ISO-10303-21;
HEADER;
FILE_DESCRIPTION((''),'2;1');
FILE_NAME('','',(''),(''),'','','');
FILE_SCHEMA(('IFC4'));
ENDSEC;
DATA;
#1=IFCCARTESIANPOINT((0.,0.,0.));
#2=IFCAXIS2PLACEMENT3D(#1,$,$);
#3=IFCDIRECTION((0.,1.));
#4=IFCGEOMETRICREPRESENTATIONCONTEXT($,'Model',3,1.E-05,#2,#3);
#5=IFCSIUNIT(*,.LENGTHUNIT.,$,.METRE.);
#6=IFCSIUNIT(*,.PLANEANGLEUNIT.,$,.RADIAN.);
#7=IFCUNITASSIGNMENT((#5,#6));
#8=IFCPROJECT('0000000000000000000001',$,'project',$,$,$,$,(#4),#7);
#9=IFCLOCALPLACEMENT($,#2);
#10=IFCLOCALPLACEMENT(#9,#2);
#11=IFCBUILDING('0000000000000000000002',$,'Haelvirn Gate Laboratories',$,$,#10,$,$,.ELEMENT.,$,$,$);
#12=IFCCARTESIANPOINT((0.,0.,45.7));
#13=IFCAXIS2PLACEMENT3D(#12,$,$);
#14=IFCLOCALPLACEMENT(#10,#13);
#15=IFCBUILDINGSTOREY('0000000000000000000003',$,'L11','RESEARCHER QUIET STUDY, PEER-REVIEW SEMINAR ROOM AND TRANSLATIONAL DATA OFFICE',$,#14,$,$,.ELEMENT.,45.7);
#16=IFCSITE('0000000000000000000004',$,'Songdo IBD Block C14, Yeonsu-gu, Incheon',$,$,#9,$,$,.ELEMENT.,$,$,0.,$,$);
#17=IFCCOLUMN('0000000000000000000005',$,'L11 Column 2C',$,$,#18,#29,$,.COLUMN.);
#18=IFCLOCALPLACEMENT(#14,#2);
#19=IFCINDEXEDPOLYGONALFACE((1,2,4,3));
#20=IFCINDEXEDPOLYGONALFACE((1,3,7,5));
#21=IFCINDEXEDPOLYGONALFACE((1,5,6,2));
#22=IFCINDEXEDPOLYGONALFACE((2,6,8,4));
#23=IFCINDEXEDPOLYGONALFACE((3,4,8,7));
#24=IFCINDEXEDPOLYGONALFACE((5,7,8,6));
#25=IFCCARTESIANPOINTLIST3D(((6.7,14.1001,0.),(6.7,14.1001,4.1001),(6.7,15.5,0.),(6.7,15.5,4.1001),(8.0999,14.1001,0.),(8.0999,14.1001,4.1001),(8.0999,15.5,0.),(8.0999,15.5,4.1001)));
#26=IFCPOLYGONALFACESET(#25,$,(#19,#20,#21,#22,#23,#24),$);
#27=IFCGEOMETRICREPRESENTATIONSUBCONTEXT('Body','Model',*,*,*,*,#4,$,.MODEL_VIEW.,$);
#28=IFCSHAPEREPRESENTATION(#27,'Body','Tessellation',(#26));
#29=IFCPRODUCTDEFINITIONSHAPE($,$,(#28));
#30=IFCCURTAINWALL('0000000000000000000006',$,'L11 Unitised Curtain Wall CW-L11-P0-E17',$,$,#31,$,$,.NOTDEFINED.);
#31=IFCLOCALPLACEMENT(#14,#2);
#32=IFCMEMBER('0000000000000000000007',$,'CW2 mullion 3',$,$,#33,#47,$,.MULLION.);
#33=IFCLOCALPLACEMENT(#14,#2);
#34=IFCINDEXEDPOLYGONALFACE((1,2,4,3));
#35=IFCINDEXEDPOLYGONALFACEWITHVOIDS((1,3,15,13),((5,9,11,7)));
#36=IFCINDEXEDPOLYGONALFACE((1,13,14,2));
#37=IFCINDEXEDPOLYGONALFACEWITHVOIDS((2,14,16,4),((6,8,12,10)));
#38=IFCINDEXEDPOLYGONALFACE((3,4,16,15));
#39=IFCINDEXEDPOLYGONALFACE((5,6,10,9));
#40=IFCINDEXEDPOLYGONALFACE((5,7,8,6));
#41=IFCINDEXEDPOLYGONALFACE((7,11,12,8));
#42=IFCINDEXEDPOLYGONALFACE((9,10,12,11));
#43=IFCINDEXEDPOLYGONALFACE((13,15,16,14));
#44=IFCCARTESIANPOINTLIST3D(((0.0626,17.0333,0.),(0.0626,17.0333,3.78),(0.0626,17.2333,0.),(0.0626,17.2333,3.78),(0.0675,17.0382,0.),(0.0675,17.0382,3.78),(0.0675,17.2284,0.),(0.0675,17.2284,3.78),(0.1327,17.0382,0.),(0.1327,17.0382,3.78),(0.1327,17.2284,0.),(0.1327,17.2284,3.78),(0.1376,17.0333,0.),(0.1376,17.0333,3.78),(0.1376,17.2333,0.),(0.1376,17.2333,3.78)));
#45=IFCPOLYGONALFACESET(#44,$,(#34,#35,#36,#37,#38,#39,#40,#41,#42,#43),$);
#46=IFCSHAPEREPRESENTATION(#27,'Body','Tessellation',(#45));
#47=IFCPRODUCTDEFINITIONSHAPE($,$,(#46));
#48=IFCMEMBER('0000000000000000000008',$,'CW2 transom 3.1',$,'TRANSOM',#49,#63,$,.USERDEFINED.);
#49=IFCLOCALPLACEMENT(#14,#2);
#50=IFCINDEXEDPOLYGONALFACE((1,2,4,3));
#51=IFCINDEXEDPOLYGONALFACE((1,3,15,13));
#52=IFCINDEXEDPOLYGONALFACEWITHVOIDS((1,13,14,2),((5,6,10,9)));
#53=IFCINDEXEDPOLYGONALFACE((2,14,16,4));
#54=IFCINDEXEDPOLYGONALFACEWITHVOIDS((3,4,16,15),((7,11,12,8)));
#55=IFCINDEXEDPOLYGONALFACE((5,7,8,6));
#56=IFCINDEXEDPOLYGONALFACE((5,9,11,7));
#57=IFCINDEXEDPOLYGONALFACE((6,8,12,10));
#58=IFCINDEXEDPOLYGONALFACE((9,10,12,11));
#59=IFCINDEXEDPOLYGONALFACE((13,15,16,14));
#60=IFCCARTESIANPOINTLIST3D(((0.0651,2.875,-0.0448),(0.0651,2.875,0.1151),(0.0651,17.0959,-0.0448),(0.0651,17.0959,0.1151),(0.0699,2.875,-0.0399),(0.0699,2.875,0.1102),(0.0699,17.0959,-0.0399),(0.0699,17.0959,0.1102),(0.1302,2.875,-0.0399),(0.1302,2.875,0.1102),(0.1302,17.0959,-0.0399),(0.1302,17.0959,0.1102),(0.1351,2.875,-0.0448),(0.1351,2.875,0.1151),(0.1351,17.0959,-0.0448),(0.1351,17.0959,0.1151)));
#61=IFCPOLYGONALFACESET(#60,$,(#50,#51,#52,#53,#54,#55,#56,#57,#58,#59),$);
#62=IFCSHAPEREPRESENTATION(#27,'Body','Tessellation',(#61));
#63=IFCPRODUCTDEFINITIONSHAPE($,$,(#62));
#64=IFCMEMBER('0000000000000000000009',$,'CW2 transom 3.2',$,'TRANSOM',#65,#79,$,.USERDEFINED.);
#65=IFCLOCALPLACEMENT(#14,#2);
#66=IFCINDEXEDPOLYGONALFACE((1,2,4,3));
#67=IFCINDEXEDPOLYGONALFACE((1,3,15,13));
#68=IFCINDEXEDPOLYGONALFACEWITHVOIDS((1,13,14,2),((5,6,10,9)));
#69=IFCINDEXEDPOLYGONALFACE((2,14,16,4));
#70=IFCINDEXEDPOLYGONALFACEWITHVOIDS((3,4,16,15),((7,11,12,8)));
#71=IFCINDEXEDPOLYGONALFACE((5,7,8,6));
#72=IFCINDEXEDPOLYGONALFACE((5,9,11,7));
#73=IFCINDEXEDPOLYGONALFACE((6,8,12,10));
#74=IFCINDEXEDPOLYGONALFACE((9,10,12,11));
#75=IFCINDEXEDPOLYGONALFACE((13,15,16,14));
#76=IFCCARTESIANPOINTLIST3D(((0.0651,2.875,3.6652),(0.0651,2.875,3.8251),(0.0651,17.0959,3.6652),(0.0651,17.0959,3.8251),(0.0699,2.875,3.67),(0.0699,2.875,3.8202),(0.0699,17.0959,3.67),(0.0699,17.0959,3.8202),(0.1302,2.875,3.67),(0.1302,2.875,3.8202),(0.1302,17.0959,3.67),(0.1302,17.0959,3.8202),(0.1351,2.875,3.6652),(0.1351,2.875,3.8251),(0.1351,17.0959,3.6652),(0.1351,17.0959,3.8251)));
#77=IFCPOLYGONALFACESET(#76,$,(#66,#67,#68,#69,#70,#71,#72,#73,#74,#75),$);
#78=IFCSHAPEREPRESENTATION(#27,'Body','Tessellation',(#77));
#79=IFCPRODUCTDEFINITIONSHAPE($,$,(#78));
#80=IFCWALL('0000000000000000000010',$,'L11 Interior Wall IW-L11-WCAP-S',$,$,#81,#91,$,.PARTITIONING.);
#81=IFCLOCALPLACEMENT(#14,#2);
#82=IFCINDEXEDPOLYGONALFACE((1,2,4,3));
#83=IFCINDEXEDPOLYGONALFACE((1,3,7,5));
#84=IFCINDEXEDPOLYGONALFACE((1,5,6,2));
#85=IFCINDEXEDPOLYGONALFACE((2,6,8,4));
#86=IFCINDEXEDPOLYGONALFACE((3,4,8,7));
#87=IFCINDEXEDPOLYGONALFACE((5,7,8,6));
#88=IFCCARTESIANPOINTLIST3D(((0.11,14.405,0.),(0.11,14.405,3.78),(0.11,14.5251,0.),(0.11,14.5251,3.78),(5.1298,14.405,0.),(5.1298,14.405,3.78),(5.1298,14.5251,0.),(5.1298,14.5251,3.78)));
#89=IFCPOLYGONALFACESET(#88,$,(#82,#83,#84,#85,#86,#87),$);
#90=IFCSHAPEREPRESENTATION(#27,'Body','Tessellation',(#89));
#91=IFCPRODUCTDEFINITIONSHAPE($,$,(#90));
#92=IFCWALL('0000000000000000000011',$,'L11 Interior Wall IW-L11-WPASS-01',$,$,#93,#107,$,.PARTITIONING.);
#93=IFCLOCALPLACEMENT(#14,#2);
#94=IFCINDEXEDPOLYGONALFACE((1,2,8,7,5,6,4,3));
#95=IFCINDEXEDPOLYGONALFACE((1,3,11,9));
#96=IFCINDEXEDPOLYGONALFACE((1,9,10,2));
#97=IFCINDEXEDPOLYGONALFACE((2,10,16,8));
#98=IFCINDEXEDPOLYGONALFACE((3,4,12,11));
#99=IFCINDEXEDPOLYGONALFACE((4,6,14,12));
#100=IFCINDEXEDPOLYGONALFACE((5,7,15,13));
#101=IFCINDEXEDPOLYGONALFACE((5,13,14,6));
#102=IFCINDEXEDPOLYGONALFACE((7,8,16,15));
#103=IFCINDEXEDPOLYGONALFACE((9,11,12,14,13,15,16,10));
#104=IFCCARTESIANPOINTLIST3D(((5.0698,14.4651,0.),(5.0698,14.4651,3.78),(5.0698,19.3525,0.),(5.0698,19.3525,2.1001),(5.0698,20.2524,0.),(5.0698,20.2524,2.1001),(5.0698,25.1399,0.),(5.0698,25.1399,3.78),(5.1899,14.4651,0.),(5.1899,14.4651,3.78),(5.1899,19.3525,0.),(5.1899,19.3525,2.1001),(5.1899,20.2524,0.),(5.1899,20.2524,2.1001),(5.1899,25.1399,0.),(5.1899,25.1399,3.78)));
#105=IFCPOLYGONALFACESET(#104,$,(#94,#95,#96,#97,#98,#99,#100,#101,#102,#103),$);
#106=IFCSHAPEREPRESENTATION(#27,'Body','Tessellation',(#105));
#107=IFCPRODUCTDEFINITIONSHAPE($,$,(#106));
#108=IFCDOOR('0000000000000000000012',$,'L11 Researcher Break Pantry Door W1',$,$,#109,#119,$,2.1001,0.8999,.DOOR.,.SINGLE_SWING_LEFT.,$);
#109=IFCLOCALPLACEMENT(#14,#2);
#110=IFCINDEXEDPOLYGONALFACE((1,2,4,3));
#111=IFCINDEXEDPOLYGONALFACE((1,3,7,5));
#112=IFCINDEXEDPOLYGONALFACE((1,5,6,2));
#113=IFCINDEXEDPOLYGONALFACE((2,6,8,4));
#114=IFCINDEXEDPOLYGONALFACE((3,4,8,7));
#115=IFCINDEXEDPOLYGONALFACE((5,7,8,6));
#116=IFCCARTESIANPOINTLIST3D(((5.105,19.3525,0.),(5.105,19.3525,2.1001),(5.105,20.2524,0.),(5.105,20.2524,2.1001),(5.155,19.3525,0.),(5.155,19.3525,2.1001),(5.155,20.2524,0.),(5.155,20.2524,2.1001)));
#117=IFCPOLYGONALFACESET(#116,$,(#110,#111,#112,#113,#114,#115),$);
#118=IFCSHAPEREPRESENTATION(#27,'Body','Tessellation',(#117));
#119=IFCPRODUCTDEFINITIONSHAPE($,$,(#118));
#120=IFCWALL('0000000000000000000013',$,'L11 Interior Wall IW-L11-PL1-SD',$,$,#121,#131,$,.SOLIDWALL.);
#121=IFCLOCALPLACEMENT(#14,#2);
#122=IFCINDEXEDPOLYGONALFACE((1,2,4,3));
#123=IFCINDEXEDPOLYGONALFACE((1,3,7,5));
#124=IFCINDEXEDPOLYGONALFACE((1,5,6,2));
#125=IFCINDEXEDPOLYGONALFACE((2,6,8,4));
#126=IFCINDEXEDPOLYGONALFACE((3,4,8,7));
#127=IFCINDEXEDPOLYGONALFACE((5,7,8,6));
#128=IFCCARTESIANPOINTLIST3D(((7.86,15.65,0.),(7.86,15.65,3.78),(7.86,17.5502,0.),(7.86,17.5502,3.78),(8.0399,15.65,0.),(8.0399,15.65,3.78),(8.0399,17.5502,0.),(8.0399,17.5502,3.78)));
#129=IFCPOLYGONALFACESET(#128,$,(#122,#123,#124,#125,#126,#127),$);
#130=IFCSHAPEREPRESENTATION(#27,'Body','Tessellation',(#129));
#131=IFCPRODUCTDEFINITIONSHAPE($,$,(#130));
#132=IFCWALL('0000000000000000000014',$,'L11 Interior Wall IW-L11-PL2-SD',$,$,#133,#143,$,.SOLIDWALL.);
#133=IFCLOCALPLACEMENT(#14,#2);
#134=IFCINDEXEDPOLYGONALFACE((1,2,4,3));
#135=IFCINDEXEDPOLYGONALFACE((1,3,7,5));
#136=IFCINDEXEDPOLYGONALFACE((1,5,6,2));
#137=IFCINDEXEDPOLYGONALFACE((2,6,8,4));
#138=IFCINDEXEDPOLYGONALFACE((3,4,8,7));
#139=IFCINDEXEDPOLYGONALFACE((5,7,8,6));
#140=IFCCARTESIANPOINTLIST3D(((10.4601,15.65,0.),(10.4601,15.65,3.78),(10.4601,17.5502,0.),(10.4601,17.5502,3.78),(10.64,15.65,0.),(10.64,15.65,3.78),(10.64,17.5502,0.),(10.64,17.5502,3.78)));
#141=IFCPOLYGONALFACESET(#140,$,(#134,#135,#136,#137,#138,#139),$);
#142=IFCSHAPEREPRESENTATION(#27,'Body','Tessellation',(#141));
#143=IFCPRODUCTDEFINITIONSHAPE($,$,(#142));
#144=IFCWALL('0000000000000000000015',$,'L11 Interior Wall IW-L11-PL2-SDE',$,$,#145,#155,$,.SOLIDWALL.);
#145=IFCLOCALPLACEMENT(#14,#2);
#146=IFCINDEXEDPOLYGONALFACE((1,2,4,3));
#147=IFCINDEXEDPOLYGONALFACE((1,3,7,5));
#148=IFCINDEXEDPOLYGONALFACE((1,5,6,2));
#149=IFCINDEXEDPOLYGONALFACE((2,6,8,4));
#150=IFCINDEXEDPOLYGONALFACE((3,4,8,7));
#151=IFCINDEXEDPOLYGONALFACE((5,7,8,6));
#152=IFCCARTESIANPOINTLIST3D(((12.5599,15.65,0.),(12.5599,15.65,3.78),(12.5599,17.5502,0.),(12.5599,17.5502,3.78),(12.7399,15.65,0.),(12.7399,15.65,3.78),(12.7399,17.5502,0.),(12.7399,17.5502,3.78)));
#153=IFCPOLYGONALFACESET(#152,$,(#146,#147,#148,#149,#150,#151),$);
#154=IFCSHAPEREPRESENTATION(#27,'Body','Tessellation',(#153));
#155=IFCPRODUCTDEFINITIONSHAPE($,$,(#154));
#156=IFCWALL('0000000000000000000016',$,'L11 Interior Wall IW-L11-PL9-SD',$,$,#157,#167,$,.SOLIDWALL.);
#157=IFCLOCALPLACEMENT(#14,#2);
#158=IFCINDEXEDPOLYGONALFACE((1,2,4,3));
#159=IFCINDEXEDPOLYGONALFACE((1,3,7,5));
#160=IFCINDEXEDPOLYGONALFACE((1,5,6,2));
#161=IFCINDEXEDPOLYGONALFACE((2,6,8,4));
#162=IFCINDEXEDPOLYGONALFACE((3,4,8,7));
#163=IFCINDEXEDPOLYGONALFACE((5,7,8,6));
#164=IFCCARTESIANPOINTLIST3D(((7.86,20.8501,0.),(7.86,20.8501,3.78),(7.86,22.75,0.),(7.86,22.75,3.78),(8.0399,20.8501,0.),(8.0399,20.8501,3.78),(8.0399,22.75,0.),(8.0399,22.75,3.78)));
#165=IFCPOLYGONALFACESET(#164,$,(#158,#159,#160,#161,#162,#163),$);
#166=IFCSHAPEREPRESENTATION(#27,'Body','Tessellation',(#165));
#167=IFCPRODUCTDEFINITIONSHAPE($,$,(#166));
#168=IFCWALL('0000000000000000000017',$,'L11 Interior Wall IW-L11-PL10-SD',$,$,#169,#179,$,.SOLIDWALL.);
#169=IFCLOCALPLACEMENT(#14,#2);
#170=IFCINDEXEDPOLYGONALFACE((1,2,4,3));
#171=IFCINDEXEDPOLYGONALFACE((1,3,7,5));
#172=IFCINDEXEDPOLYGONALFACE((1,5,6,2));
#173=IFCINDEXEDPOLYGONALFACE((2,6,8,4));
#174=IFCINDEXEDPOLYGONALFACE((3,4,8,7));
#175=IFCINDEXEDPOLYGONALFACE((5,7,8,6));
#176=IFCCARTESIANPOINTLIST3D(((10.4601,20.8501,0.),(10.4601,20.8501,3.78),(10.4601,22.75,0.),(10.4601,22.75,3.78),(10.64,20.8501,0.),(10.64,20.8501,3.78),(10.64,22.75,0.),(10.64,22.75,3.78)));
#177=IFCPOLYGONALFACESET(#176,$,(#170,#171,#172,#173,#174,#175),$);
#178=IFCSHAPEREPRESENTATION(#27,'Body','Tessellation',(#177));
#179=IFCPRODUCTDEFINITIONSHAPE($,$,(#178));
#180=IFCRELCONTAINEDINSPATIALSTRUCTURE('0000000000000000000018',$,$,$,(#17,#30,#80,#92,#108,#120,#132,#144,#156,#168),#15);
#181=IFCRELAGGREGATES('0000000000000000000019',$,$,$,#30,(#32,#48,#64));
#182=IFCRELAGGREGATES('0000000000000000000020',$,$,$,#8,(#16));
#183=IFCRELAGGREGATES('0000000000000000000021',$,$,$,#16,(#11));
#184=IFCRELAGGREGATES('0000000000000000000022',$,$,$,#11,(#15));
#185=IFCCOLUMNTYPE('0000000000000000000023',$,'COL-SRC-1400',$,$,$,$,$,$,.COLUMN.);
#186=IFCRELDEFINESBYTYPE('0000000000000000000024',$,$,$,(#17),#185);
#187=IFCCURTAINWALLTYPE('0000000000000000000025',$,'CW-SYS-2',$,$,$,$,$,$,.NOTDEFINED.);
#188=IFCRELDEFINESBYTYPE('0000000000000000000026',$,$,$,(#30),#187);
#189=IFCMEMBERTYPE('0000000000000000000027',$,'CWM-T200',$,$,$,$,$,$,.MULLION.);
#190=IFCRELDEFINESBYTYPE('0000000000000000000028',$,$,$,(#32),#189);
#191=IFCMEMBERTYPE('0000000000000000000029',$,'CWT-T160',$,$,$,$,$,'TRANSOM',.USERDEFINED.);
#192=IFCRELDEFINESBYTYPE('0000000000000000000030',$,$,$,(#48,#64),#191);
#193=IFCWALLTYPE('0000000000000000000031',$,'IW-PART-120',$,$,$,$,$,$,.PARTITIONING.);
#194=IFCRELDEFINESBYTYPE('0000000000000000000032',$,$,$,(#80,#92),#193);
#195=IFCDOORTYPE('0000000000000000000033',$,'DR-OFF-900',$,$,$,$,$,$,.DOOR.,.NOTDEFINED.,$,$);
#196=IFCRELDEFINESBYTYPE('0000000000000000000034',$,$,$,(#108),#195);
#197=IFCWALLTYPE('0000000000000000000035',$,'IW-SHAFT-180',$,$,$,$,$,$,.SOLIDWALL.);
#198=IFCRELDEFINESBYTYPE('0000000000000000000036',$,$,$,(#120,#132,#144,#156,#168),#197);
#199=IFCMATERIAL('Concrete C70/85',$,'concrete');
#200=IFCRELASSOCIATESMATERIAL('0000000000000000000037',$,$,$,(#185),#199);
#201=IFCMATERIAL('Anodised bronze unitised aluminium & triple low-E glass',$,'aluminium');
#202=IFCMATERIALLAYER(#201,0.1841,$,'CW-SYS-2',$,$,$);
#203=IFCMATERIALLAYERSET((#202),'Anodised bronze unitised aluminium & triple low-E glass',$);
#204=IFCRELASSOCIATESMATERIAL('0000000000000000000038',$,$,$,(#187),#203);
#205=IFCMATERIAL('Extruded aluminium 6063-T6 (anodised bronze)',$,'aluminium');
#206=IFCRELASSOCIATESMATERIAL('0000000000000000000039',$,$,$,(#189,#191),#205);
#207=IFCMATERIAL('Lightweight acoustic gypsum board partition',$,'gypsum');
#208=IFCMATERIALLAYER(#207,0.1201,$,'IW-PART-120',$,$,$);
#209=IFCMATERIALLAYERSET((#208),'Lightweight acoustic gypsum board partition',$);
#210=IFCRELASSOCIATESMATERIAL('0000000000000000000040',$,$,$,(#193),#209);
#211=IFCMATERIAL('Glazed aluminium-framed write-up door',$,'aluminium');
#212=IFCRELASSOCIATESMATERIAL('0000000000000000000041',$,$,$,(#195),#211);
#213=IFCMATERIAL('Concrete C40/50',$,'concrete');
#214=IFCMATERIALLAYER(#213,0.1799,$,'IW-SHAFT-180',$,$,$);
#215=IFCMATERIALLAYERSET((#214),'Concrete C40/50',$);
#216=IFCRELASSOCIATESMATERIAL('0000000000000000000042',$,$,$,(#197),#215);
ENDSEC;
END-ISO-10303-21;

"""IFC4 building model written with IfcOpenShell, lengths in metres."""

from ifc_helpers import new_model, si_unit, direction, frame, frame_2d, origin, origin_2d, place, context, subcontext, project, spatial, rectangle, hollow_rectangle, extrude, source, transform, mapped, material, layer, layer_set, material_profile, profile_set, type_object, type_shapes, element, fill, aggregate, save


model = new_model("IFC4")

# Units and contexts
model_context = context("Model", 3, precision=1e-05, world=origin(), true_north=direction((0.0, 1.0)))
body_context = subcontext(model_context, "Body", "Model", "MODEL_VIEW")
ifc_project = project(units=[si_unit("LENGTHUNIT", "METRE"), si_unit("PLANEANGLEUNIT", "RADIAN")], contexts=[model_context])

# Site, building, storey
site_placement = place(None, origin())
site = spatial("IfcSite", under=ifc_project, at=site_placement, Name="Songdo IBD Block C14, Yeonsu-gu, Incheon", CompositionType="ELEMENT", RefElevation=0.0)
building_placement = place(site_placement, origin())
building = spatial("IfcBuilding", under=site, at=building_placement, Name="Haelvirn Gate Laboratories", CompositionType="ELEMENT")
storey_placement = place(building_placement, frame((0.0, 0.0, 45.7)))
storey = spatial("IfcBuildingStorey", under=building, at=storey_placement, Name="L11", Description="RESEARCHER QUIET STUDY, PEER-REVIEW SEMINAR ROOM AND TRANSLATIONAL DATA OFFICE", CompositionType="ELEMENT", Elevation=45.7)

# Column
ifc_material_1 = material(Name="Concrete C70/85", Category="concrete")
ifc_material_profile_1 = material_profile(ifc_material_1, rectangle(XDim=1.3999, YDim=1.3999, at=origin_2d()), Name="SRC-1400x1400")
ifc_profile_set_1 = profile_set([ifc_material_profile_1], Name="Concrete C70/85")
column_type = type_object("IfcColumnType", Name="COL-SRC-1400", PredefinedType="COLUMN", material=ifc_profile_set_1)
shared_shape_1 = source(origin(), body_context, "Body", "SweptSolid", [
    extrude(rectangle(XDim=1.3999, YDim=1.3999, at=origin_2d()), origin(), (0.0, 0.0, 1.0), 4.1001),
])
type_shapes(column_type, [shared_shape_1])
column_placement = place(storey_placement, frame((7.3999, 14.8, 0.0), z_axis=(0.0, 0.0, 1.0), x_axis=(1.0, 0.0, 0.0)))
element("IfcColumn", 1, at=column_placement, inside=storey, type_object=column_type, Name="L11 Column 2C", PredefinedType="COLUMN", context=body_context, shape_type="MappedRepresentation", body=[
    mapped(shared_shape_1, transform((0.0, 0.0, 0.0), scale=1.0)),
])

# Curtain wall, members
ifc_material_2 = material(Name="Anodised bronze unitised aluminium & triple low-E glass", Category="aluminium")
ifc_layer_1 = layer(ifc_material_2, 0.1841, Name="CW-SYS-2")
ifc_layer_set_1 = layer_set([ifc_layer_1], Name="Anodised bronze unitised aluminium & triple low-E glass")
curtain_wall_type = type_object("IfcCurtainWallType", Name="CW-SYS-2", PredefinedType="NOTDEFINED", material=ifc_layer_set_1)
curtain_wall_placement = place(storey_placement, origin())
curtain_wall = element("IfcCurtainWall", 2, at=curtain_wall_placement, inside=storey, type_object=curtain_wall_type, Name="L11 Unitised Curtain Wall CW-L11-P0-E17", PredefinedType="NOTDEFINED")
ifc_material_3 = material(Name="Extruded aluminium 6063-T6 (anodised bronze)", Category="aluminium")
ifc_material_profile_2 = material_profile(ifc_material_3, hollow_rectangle(XDim=0.075, YDim=0.2, WallThickness=0.0049, at=origin_2d()), Name="CWM-200x75x5")
ifc_profile_set_2 = profile_set([ifc_material_profile_2], Name="Extruded aluminium 6063-T6 (anodised bronze)")
member_type_1 = type_object("IfcMemberType", Name="CWM-T200", PredefinedType="MULLION", material=ifc_profile_set_2)
shared_shape_2 = source(origin(), body_context, "Body", "SweptSolid", [
    extrude(hollow_rectangle(XDim=0.075, YDim=0.2, WallThickness=0.0049, at=origin_2d()), origin(), (0.0, 0.0, 1.0), 3.78),
])
type_shapes(member_type_1, [shared_shape_2])
member_1_placement = place(storey_placement, frame((0.1001, 17.1333, 0.0), z_axis=(0.0, 0.0, 1.0), x_axis=(1.0, 0.0, 0.0)))
member_1 = element("IfcMember", 3, at=member_1_placement, type_object=member_type_1, Name="CW2 mullion 3", PredefinedType="MULLION", context=body_context, shape_type="MappedRepresentation", body=[
    mapped(shared_shape_2, transform((0.0, 0.0, 0.0), scale=1.0)),
])
ifc_material_profile_3 = material_profile(ifc_material_3, hollow_rectangle(XDim=0.0701, YDim=0.1599, WallThickness=0.0049, at=origin_2d()), Name="CWT-160x70x5")
ifc_profile_set_3 = profile_set([ifc_material_profile_3], Name="Extruded aluminium 6063-T6 (anodised bronze)")
member_type_2 = type_object("IfcMemberType", Name="CWT-T160", ElementType="TRANSOM", PredefinedType="USERDEFINED", material=ifc_profile_set_3)
shared_shape_3 = source(origin(), body_context, "Body", "SweptSolid", [
    extrude(hollow_rectangle(XDim=0.0701, YDim=0.1599, WallThickness=0.0049, at=origin_2d()), origin(), (0.0, 0.0, 1.0), 14.2209),
])
type_shapes(member_type_2, [shared_shape_3])
member_2_placement = place(storey_placement, frame((0.1001, 17.0959, 0.0352), z_axis=(0.0, -1.0, 0.0), x_axis=(1.0, 0.0, 0.0)))
member_2 = element("IfcMember", 4, at=member_2_placement, type_object=member_type_2, Name="CW2 transom 3.1", ObjectType="TRANSOM", PredefinedType="USERDEFINED", context=body_context, shape_type="MappedRepresentation", body=[
    mapped(shared_shape_3, transform((0.0, 0.0, 0.0), scale=1.0)),
])
member_3_placement = place(storey_placement, frame((0.1001, 17.0959, 3.7451), z_axis=(0.0, -1.0, 0.0), x_axis=(1.0, 0.0, 0.0)))
member_3 = element("IfcMember", 5, at=member_3_placement, type_object=member_type_2, Name="CW2 transom 3.2", ObjectType="TRANSOM", PredefinedType="USERDEFINED", context=body_context, shape_type="MappedRepresentation", body=[
    mapped(shared_shape_3, transform((0.0, 0.0, 0.0), scale=1.0)),
])
aggregate(curtain_wall, [member_1, member_2, member_3])

# Wall
ifc_material_4 = material(Name="Lightweight acoustic gypsum board partition", Category="gypsum")
ifc_layer_2 = layer(ifc_material_4, 0.1201, Name="IW-PART-120")
ifc_layer_set_2 = layer_set([ifc_layer_2], Name="Lightweight acoustic gypsum board partition")
wall_type_1 = type_object("IfcWallType", Name="IW-PART-120", PredefinedType="PARTITIONING", material=ifc_layer_set_2)
wall_1_placement = place(storey_placement, frame((0.1101, 14.4651, 0.0), z_axis=(0.0, 0.0, 1.0), x_axis=(1.0, 0.0, 0.0)))
element("IfcWall", 6, at=wall_1_placement, inside=storey, type_object=wall_type_1, Name="L11 Interior Wall IW-L11-WCAP-S", PredefinedType="PARTITIONING", context=body_context, shape_type="SweptSolid", body=[
    extrude(rectangle(XDim=5.0198, YDim=0.1201, at=frame_2d((2.5098, 0.0))), origin(), (0.0, 0.0, 1.0), 3.78),
])

# Wall, opening, door
wall_2_placement = place(storey_placement, frame((5.1299, 14.4651, 0.0), z_axis=(0.0, 0.0, 1.0), x_axis=(0.0, 1.0, 0.0)))
wall_2 = element("IfcWall", 7, at=wall_2_placement, inside=storey, type_object=wall_type_1, Name="L11 Interior Wall IW-L11-WPASS-01", PredefinedType="PARTITIONING", context=body_context, shape_type="SweptSolid", body=[
    extrude(rectangle(XDim=10.6748, YDim=0.1201, at=frame_2d((5.3374, 0.0))), origin(), (0.0, 0.0, 1.0), 3.78),
])
opening_1_placement = place(wall_2_placement, frame((4.8875, 0.0, 0.0)))
opening_1 = element("IfcOpeningElement", 8, at=opening_1_placement, cuts=wall_2, PredefinedType="OPENING", context=body_context, shape_type="SweptSolid", body=[
    extrude(rectangle(XDim=0.8999, YDim=2.1001, at=frame_2d((0.45, 1.05))), frame((0.0, 0.0701, 0.0), z_axis=(0.0, -1.0, 0.0), x_axis=(1.0, 0.0, 0.0)), (0.0, 0.0, 1.0), 0.1401),
])
ifc_material_5 = material(Name="Glazed aluminium-framed write-up door", Category="aluminium")
door_type_1 = type_object("IfcDoorType", Name="DR-OFF-900", OperationType="NOTDEFINED", PredefinedType="DOOR", material=ifc_material_5)
shared_shape_4 = source(origin(), body_context, "Body", "SweptSolid", [
    extrude(rectangle(XDim=0.8999, YDim=2.1001, at=frame_2d((0.45, 1.05))), frame((0.0, 0.0249, 0.0), z_axis=(0.0, -1.0, 0.0), x_axis=(1.0, 0.0, 0.0)), (0.0, 0.0, 1.0), 0.05),
])
type_shapes(door_type_1, [shared_shape_4])
door_1_placement = place(opening_1_placement, origin())
door_1 = element("IfcDoor", 9, at=door_1_placement, inside=storey, type_object=door_type_1, Name="L11 Researcher Break Pantry Door W1", OperationType="SINGLE_SWING_LEFT", OverallHeight=2.1001, OverallWidth=0.8999, PredefinedType="DOOR", context=body_context, shape_type="MappedRepresentation", body=[
    mapped(shared_shape_4, transform((0.0, 0.0, 0.0), scale=1.0)),
])
fill(opening_1, door_1)

# Walls
ifc_material_6 = material(Name="Concrete C40/50", Category="concrete")
ifc_layer_3 = layer(ifc_material_6, 0.1799, Name="IW-SHAFT-180")
ifc_layer_set_3 = layer_set([ifc_layer_3], Name="Concrete C40/50")
wall_type_2 = type_object("IfcWallType", Name="IW-SHAFT-180", PredefinedType="SOLIDWALL", material=ifc_layer_set_3)
for number, where, z_axis, x_axis, name in (
    (10, (7.95, 15.6499, 0.0), (0.0, 0.0, 1.0), (0.0, 1.0, 0.0), "L11 Interior Wall IW-L11-PL1-SD"),
    (11, (10.55, 15.6499, 0.0), (0.0, 0.0, 1.0), (0.0, 1.0, 0.0), "L11 Interior Wall IW-L11-PL2-SD"),
    (12, (12.6499, 15.6499, 0.0), (0.0, 0.0, 1.0), (0.0, 1.0, 0.0), "L11 Interior Wall IW-L11-PL2-SDE"),
):
    element("IfcWall", number, at=place(storey_placement, frame(where, z_axis=z_axis, x_axis=x_axis)), inside=storey, type_object=wall_type_2, Name=name, PredefinedType="SOLIDWALL", context=body_context, shape_type="SweptSolid", body=[
        extrude(rectangle(XDim=1.9001, YDim=0.1799, at=frame_2d((0.9502, 0.0))), origin(), (0.0, 0.0, 1.0), 3.78),
    ])
for number, where, z_axis, x_axis, name in (
    (13, (7.95, 20.8501, 0.0), (0.0, 0.0, 1.0), (0.0, 1.0, 0.0), "L11 Interior Wall IW-L11-PL9-SD"),
    (14, (10.55, 20.8501, 0.0), (0.0, 0.0, 1.0), (0.0, 1.0, 0.0), "L11 Interior Wall IW-L11-PL10-SD"),
):
    element("IfcWall", number, at=place(storey_placement, frame(where, z_axis=z_axis, x_axis=x_axis)), inside=storey, type_object=wall_type_2, Name=name, PredefinedType="SOLIDWALL", context=body_context, shape_type="SweptSolid", body=[
        extrude(rectangle(XDim=1.8999, YDim=0.1799, at=frame_2d((0.95, 0.0))), origin(), (0.0, 0.0, 1.0), 3.78),
    ])

save(model, "model.ifc")
